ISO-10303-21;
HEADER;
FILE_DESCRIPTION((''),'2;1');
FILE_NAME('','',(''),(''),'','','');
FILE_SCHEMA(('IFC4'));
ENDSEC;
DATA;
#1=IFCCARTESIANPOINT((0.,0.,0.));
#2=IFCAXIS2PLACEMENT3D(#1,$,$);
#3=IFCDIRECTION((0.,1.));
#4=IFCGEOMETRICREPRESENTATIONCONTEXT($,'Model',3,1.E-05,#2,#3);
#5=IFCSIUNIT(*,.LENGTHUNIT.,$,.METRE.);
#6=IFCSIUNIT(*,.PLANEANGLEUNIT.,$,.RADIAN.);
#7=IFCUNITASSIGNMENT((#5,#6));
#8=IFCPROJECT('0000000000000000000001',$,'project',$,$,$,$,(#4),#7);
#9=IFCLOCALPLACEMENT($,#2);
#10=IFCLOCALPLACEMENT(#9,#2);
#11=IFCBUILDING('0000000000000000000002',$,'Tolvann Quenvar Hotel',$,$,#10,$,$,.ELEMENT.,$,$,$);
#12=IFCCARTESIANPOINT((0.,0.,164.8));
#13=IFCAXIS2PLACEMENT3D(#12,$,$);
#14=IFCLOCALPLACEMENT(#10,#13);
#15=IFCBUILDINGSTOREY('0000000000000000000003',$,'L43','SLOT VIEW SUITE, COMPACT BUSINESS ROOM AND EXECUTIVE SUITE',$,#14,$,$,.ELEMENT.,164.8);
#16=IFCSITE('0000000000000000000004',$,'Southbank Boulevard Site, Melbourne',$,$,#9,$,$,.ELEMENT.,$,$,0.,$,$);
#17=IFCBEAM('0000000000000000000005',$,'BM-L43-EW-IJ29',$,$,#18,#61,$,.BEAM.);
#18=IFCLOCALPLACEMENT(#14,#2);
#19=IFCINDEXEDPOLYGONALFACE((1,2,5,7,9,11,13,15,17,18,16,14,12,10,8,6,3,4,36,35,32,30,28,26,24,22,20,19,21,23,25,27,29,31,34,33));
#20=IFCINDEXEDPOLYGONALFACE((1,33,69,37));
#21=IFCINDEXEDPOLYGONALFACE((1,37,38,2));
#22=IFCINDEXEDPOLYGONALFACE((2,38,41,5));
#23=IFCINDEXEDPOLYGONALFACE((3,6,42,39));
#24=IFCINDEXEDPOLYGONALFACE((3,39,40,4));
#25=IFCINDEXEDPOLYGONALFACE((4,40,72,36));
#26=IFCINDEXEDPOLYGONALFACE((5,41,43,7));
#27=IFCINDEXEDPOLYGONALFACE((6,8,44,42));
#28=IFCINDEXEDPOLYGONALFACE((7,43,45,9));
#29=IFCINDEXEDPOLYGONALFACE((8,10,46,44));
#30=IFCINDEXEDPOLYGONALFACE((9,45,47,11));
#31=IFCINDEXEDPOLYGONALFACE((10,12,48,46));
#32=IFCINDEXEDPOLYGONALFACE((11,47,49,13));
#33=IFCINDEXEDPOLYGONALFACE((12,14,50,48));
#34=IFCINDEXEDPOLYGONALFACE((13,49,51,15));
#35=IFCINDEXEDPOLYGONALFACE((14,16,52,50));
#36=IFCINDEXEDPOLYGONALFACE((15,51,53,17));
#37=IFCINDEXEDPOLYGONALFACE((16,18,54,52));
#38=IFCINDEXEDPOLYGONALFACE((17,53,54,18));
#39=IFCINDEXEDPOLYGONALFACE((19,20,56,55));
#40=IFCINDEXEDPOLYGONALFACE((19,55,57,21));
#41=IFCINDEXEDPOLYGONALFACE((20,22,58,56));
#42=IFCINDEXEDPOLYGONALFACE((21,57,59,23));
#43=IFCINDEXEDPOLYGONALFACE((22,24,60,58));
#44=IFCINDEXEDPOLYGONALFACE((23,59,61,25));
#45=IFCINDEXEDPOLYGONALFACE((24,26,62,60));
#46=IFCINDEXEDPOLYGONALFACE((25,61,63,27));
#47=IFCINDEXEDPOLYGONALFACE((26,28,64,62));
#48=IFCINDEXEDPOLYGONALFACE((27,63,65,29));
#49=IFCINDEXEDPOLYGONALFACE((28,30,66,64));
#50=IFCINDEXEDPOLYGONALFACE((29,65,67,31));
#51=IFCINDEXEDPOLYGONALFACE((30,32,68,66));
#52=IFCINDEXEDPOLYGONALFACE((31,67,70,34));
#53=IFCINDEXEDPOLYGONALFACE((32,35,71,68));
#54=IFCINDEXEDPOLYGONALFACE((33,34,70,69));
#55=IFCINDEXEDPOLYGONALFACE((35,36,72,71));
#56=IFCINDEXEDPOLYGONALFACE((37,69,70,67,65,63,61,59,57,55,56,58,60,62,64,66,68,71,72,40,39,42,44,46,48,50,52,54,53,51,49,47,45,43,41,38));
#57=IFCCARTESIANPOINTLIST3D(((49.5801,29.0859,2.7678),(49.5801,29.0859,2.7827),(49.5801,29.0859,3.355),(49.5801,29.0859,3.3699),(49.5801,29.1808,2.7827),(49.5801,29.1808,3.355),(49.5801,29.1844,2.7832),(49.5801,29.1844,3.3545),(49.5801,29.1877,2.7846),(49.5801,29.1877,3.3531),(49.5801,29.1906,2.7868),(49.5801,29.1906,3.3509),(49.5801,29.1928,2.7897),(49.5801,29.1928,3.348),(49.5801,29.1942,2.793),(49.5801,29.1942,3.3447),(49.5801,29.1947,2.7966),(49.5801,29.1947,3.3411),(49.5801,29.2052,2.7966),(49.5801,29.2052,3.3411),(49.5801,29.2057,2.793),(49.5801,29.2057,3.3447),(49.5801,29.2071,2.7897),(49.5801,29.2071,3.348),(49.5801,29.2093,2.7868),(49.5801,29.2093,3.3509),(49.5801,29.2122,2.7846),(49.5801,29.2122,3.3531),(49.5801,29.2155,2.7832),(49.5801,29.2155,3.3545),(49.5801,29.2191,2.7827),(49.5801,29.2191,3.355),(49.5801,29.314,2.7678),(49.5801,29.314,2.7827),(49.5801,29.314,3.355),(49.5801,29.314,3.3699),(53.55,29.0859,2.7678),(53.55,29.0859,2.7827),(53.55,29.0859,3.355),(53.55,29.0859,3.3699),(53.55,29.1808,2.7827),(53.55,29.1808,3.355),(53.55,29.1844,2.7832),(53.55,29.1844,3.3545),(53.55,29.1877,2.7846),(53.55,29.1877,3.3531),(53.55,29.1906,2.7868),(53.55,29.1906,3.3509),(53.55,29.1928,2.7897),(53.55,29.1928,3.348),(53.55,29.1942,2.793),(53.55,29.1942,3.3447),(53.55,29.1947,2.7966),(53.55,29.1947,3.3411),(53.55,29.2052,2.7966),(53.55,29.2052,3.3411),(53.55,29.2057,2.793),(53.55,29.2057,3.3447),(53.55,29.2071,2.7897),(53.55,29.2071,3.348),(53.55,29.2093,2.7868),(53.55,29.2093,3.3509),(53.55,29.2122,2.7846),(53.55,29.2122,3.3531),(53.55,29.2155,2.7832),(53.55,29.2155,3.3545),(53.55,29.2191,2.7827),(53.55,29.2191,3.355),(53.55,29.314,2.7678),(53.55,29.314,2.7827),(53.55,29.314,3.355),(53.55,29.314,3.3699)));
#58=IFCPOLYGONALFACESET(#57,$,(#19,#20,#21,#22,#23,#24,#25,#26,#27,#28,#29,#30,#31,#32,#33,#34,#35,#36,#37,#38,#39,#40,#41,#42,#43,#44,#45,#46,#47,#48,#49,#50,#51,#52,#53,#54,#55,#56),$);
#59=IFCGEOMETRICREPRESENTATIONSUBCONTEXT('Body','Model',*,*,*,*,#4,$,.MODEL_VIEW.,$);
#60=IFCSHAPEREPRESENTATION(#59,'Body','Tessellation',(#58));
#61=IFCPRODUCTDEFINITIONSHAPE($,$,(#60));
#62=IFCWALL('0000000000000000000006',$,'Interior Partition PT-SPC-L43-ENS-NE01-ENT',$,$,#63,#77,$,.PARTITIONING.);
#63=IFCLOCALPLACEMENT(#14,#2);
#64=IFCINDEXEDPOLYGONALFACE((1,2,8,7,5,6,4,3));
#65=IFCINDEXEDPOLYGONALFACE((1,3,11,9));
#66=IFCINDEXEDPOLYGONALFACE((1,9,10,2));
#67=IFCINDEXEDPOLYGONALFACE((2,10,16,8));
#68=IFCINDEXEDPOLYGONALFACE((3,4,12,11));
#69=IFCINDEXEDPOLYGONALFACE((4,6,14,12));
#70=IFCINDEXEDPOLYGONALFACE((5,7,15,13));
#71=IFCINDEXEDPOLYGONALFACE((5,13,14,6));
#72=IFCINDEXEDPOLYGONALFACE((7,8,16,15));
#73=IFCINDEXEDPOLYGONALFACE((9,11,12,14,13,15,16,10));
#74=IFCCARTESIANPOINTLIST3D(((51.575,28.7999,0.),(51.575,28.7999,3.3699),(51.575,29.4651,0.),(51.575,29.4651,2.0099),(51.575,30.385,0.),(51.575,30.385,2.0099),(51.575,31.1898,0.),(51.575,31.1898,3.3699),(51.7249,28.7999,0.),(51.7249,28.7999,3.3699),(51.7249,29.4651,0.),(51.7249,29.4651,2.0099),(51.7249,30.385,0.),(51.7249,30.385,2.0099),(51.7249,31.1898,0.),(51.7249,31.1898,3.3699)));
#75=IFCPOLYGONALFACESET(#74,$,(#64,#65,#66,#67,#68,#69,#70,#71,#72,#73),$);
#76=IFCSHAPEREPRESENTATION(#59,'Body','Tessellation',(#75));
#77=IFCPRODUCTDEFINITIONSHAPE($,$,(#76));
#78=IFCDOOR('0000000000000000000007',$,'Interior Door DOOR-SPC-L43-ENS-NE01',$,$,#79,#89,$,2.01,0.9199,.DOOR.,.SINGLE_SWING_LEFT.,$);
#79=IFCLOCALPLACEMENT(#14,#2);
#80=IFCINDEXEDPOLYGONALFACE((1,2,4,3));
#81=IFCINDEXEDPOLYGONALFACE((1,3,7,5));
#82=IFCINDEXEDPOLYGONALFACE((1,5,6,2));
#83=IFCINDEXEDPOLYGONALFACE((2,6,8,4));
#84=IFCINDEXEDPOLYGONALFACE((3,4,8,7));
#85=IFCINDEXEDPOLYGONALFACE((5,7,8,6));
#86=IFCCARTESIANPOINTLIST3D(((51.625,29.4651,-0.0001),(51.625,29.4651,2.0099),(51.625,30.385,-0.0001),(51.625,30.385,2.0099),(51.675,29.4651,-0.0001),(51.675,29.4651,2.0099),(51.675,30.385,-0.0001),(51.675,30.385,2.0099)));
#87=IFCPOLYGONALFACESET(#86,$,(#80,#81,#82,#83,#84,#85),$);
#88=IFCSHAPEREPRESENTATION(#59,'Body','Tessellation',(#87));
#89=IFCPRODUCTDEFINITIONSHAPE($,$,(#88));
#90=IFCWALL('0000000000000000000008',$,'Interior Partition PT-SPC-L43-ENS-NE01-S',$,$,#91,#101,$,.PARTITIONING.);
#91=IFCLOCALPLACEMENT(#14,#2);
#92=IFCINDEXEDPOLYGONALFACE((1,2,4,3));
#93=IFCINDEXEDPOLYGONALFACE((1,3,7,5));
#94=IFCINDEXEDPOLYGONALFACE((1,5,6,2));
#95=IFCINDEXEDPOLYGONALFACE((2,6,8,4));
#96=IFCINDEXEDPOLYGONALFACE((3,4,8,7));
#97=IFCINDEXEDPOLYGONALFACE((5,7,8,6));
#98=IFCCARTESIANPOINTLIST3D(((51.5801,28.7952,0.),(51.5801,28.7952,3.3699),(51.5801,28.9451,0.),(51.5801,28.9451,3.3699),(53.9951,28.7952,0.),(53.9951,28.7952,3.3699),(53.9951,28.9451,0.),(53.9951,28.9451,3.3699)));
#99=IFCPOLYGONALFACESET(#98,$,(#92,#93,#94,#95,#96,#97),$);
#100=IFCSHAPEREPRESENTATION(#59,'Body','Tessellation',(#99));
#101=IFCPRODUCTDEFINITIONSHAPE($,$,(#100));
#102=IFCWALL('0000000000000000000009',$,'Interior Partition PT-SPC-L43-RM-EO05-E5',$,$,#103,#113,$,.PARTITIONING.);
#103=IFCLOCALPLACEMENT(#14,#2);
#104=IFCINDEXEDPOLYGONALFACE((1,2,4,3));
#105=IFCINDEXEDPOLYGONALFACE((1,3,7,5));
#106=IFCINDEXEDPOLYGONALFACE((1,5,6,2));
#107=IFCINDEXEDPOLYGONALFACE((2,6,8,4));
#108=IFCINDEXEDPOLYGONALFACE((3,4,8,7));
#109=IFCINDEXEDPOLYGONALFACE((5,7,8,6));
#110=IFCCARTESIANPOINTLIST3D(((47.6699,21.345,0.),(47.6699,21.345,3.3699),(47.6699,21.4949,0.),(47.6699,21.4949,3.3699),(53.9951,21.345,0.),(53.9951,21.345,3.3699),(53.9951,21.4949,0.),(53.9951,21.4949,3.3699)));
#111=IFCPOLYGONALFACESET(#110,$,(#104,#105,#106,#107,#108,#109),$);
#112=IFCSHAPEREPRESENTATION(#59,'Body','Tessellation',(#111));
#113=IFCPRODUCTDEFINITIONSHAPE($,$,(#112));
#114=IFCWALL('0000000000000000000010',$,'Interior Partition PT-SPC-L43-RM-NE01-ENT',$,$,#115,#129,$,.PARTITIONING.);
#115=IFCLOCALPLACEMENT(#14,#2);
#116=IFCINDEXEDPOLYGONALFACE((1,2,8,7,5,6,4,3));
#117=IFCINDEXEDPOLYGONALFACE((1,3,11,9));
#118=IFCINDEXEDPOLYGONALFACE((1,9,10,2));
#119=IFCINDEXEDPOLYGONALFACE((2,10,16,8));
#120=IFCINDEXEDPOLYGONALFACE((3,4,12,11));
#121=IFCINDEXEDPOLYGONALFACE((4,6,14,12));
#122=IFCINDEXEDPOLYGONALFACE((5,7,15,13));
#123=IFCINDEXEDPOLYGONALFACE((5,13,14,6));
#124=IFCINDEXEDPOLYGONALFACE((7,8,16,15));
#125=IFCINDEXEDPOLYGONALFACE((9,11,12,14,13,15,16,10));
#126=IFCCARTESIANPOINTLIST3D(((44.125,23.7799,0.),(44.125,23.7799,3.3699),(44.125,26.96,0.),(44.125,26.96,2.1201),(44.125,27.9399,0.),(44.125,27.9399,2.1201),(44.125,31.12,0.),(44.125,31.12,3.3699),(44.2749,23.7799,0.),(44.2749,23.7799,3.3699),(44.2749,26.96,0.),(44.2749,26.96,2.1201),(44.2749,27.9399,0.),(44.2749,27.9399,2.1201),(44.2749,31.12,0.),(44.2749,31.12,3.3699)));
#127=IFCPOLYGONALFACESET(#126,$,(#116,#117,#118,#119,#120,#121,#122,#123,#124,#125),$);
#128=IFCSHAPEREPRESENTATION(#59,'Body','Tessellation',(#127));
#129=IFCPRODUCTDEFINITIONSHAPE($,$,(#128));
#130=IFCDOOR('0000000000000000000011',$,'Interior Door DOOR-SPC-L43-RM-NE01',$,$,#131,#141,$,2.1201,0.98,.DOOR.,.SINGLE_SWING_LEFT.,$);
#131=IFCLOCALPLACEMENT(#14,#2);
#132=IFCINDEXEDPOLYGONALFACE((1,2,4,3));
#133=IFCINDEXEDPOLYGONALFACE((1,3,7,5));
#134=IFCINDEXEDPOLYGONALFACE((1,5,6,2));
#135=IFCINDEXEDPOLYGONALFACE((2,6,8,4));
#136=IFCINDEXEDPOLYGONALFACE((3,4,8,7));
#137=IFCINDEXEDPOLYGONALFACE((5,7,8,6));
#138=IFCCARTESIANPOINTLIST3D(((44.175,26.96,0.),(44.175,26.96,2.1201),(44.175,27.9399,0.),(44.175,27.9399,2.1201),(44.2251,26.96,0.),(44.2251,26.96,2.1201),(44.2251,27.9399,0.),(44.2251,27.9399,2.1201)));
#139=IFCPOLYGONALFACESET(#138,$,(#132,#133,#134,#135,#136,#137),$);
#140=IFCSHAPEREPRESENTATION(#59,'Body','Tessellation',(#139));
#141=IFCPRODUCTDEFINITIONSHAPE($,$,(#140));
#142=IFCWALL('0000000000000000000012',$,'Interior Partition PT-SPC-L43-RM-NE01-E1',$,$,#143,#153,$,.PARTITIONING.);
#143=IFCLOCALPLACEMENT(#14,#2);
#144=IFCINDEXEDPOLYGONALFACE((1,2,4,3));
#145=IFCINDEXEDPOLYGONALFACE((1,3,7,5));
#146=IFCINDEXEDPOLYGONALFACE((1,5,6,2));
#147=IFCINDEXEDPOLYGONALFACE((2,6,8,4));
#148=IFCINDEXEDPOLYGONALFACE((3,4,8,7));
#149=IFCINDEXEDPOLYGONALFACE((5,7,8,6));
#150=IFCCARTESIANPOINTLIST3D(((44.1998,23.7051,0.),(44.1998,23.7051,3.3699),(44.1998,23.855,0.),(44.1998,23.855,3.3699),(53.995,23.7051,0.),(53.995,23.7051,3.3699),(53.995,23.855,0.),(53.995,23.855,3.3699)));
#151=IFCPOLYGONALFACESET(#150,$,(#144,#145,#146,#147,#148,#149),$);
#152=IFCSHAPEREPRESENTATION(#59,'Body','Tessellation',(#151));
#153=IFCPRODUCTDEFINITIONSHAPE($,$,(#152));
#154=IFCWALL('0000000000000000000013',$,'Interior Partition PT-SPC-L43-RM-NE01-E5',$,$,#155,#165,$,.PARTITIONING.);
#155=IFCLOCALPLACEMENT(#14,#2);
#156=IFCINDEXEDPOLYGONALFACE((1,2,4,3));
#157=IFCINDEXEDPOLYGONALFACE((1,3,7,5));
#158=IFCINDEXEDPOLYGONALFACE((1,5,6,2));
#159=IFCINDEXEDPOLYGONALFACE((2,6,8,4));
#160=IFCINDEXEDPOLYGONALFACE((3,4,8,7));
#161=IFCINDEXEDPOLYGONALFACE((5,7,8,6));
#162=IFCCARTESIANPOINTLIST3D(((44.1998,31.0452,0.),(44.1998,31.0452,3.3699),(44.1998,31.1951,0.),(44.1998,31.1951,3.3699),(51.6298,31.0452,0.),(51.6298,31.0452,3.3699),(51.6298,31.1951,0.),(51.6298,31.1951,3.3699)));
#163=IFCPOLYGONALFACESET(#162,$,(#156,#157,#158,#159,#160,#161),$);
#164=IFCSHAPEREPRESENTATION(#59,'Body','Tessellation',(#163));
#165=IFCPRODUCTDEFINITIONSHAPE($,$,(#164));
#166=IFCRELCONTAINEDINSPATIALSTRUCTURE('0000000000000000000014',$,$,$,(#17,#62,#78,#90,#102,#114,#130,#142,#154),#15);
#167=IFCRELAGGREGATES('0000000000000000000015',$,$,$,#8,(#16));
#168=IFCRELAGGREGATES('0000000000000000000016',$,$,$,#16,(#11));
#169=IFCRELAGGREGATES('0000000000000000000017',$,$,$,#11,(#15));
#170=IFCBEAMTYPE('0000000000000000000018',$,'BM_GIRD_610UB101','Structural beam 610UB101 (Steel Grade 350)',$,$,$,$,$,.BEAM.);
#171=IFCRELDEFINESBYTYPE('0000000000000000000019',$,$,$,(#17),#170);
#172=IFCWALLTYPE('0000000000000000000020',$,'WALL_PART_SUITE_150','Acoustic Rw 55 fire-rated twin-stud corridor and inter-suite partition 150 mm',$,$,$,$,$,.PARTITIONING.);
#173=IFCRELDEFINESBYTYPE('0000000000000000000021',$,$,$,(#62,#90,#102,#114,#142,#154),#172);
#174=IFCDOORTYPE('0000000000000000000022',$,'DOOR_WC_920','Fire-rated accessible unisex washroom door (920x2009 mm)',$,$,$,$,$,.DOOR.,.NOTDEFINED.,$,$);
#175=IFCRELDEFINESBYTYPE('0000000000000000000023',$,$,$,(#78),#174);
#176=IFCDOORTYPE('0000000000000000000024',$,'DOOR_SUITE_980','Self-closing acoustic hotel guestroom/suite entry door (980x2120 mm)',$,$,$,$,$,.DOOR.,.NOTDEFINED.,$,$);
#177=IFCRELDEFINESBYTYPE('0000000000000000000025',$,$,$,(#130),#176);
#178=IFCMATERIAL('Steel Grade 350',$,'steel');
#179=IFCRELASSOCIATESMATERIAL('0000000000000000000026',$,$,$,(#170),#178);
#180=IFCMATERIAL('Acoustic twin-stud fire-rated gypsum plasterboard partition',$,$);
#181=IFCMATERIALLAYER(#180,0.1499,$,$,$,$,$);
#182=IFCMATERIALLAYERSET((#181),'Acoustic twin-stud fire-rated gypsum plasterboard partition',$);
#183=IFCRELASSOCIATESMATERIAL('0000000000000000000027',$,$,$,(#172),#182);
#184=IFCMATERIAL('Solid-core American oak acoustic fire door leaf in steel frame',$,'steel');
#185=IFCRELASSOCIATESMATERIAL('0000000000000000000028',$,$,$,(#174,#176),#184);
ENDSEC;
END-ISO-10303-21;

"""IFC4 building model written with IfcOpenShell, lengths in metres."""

from ifc_helpers import new_model, si_unit, direction, frame, frame_2d, origin, origin_2d, place, context, subcontext, project, spatial, rectangle, i_section, extrude, source, transform, mapped, material, layer, layer_set, material_profile, profile_set, type_object, type_shapes, element, fill, save


model = new_model("IFC4")

# Units and contexts
model_context = context("Model", 3, precision=1e-05, world=origin(), true_north=direction((0.0, 1.0)))
body_context = subcontext(model_context, "Body", "Model", "MODEL_VIEW")
ifc_project = project(units=[si_unit("LENGTHUNIT", "METRE"), si_unit("PLANEANGLEUNIT", "RADIAN")], contexts=[model_context])

# Site, building, storey
site_placement = place(None, origin())
site = spatial("IfcSite", under=ifc_project, at=site_placement, Name="Southbank Boulevard Site, Melbourne", CompositionType="ELEMENT", RefElevation=0.0)
building_placement = place(site_placement, origin())
building = spatial("IfcBuilding", under=site, at=building_placement, Name="Tolvann Quenvar Hotel", CompositionType="ELEMENT")
storey_placement = place(building_placement, frame((0.0, 0.0, 164.8)))
storey = spatial("IfcBuildingStorey", under=building, at=storey_placement, Name="L43", Description="SLOT VIEW SUITE, COMPACT BUSINESS ROOM AND EXECUTIVE SUITE", CompositionType="ELEMENT", Elevation=164.8)

# Shared definitions
ifc_material_1 = material(Name="Steel Grade 350", Category="steel")

# Beam
ifc_material_profile_1 = material_profile(ifc_material_1, i_section(OverallWidth=0.228, OverallDepth=0.6021, WebThickness=0.0105, FlangeThickness=0.0149, FilletRadius=0.0139, at=origin_2d()), Name="610UB101")
ifc_profile_set_1 = profile_set([ifc_material_profile_1], Name="Steel Grade 350")
beam_type_1 = type_object("IfcBeamType", Name="BM_GIRD_610UB101", Description="Structural beam 610UB101 (Steel Grade 350)", PredefinedType="BEAM", material=ifc_profile_set_1)
shared_shape_1 = source(origin(), body_context, "Body", "SweptSolid", [
    extrude(i_section(OverallWidth=0.228, OverallDepth=0.6021, WebThickness=0.0105, FlangeThickness=0.0149, FilletRadius=0.0139, at=origin_2d()), origin(), (0.0, 0.0, 1.0), 3.97),
])
beam_1_placement = place(storey_placement, frame((49.5801, 29.2, 3.0688), z_axis=(1.0, 0.0, 0.0), x_axis=(0.0, 1.0, 0.0)))
element("IfcBeam", 1, at=beam_1_placement, inside=storey, type_object=beam_type_1, Name="BM-L43-EW-IJ29", PredefinedType="BEAM", context=body_context, shape_type="MappedRepresentation", body=[
    mapped(shared_shape_1, transform((0.0, 0.0, 0.0), x_axis=(1.0, 0.0, 0.0), y_axis=(0.0, 1.0, 0.0), z_axis=(0.0, 0.0, 1.0), scale=1.0)),
])

# Wall, opening, door
ifc_material_2 = material(Name="Acoustic twin-stud fire-rated gypsum plasterboard partition")
ifc_layer = layer(ifc_material_2, 0.1499)
ifc_layer_set = layer_set([ifc_layer], Name="Acoustic twin-stud fire-rated gypsum plasterboard partition")
wall_type = type_object("IfcWallType", Name="WALL_PART_SUITE_150", Description="Acoustic Rw 55 fire-rated twin-stud corridor and inter-suite partition 150 mm", PredefinedType="PARTITIONING", material=ifc_layer_set)
wall_1_placement = place(storey_placement, frame((51.6499, 28.8, 0.0), z_axis=(0.0, 0.0, 1.0), x_axis=(0.0, 1.0, 0.0)))
wall_1 = element("IfcWall", 2, at=wall_1_placement, inside=storey, type_object=wall_type, Name="Interior Partition PT-SPC-L43-ENS-NE01-ENT", PredefinedType="PARTITIONING", context=body_context, shape_type="SweptSolid", body=[
    extrude(rectangle(XDim=2.3899, YDim=0.1499, at=frame_2d((1.1948, 0.0))), origin(), (0.0, 0.0, 1.0), 3.3699),
])
opening_1_placement = place(wall_1_placement, frame((0.665, 0.0, 0.0)))
opening_1 = element("IfcOpeningElement", 3, at=opening_1_placement, cuts=wall_1, PredefinedType="OPENING", context=body_context, shape_type="SweptSolid", body=[
    extrude(rectangle(XDim=0.9199, YDim=2.01, at=frame_2d((0.46, 1.0049))), frame((0.0, 0.085, 0.0), z_axis=(0.0, -1.0, 0.0), x_axis=(1.0, 0.0, 0.0)), (0.0, 0.0, 1.0), 0.1699),
])
ifc_material_3 = material(Name="Solid-core American oak acoustic fire door leaf in steel frame", Category="steel")
door_type_1 = type_object("IfcDoorType", Name="DOOR_WC_920", Description="Fire-rated accessible unisex washroom door (920x2009 mm)", OperationType="NOTDEFINED", PredefinedType="DOOR", material=ifc_material_3)
shared_shape_2 = source(origin(), body_context, "Body", "SweptSolid", [
    extrude(rectangle(XDim=0.9199, YDim=2.01, at=frame_2d((0.46, 1.0049))), frame((0.0, 0.0249, 0.0), z_axis=(0.0, -1.0, 0.0), x_axis=(1.0, 0.0, 0.0)), (0.0, 0.0, 1.0), 0.05),
])
type_shapes(door_type_1, [shared_shape_2])
door_1_placement = place(opening_1_placement, origin())
door_1 = element("IfcDoor", 4, at=door_1_placement, inside=storey, type_object=door_type_1, Name="Interior Door DOOR-SPC-L43-ENS-NE01", OperationType="SINGLE_SWING_LEFT", OverallHeight=2.01, OverallWidth=0.9199, PredefinedType="DOOR", context=body_context, shape_type="MappedRepresentation", body=[
    mapped(shared_shape_2, transform((0.0, 0.0, 0.0), x_axis=(1.0, 0.0, 0.0), y_axis=(0.0, 1.0, 0.0), z_axis=(0.0, 0.0, 1.0), scale=1.0)),
])
fill(opening_1, door_1)

# Wall
wall_2_placement = place(storey_placement, frame((51.5801, 28.8701, 0.0), z_axis=(0.0, 0.0, 1.0), x_axis=(1.0, 0.0, 0.0)))
element("IfcWall", 5, at=wall_2_placement, inside=storey, type_object=wall_type, Name="Interior Partition PT-SPC-L43-ENS-NE01-S", PredefinedType="PARTITIONING", context=body_context, shape_type="SweptSolid", body=[
    extrude(rectangle(XDim=2.415, YDim=0.1499, at=frame_2d((1.2075, 0.0))), origin(), (0.0, 0.0, 1.0), 3.3699),
])

# Shared definitions
door_type_2 = type_object("IfcDoorType", Name="DOOR_SUITE_980", Description="Self-closing acoustic hotel guestroom/suite entry door (980x2120 mm)", OperationType="NOTDEFINED", PredefinedType="DOOR", material=ifc_material_3)
shared_shape_3 = source(origin(), body_context, "Body", "SweptSolid", [
    extrude(rectangle(XDim=0.98, YDim=2.1201, at=frame_2d((0.49, 1.0601))), frame((0.0, 0.0249, 0.0), z_axis=(0.0, -1.0, 0.0), x_axis=(1.0, 0.0, 0.0)), (0.0, 0.0, 1.0), 0.05),
])
type_shapes(door_type_2, [shared_shape_3])

# Wall
wall_3_placement = place(storey_placement, frame((47.6699, 21.4199, 0.0), z_axis=(0.0, 0.0, 1.0), x_axis=(1.0, 0.0, 0.0)))
element("IfcWall", 6, at=wall_3_placement, inside=storey, type_object=wall_type, Name="Interior Partition PT-SPC-L43-RM-EO05-E5", PredefinedType="PARTITIONING", context=body_context, shape_type="SweptSolid", body=[
    extrude(rectangle(XDim=6.3252, YDim=0.1499, at=frame_2d((3.1626, 0.0))), origin(), (0.0, 0.0, 1.0), 3.3699),
])

# Wall, opening, door
wall_4_placement = place(storey_placement, frame((44.2, 23.78, 0.0), z_axis=(0.0, 0.0, 1.0), x_axis=(0.0, 1.0, 0.0)))
wall_4 = element("IfcWall", 7, at=wall_4_placement, inside=storey, type_object=wall_type, Name="Interior Partition PT-SPC-L43-RM-NE01-ENT", PredefinedType="PARTITIONING", context=body_context, shape_type="SweptSolid", body=[
    extrude(rectangle(XDim=7.3401, YDim=0.1499, at=frame_2d((3.6699, 0.0))), origin(), (0.0, 0.0, 1.0), 3.3699),
])
opening_2_placement = place(wall_4_placement, frame((3.1799, 0.0, 0.0)))
opening_2 = element("IfcOpeningElement", 8, at=opening_2_placement, cuts=wall_4, PredefinedType="OPENING", context=body_context, shape_type="SweptSolid", body=[
    extrude(rectangle(XDim=0.98, YDim=2.1201, at=frame_2d((0.49, 1.0601))), frame((0.0, 0.085, 0.0), z_axis=(0.0, -1.0, 0.0), x_axis=(1.0, 0.0, 0.0)), (0.0, 0.0, 1.0), 0.1699),
])
door_2_placement = place(opening_2_placement, origin())
door_2 = element("IfcDoor", 9, at=door_2_placement, inside=storey, type_object=door_type_2, Name="Interior Door DOOR-SPC-L43-RM-NE01", OperationType="SINGLE_SWING_LEFT", OverallHeight=2.1201, OverallWidth=0.98, PredefinedType="DOOR", context=body_context, shape_type="MappedRepresentation", body=[
    mapped(shared_shape_3, transform((0.0, 0.0, 0.0), x_axis=(1.0, 0.0, 0.0), y_axis=(0.0, 1.0, 0.0), z_axis=(0.0, 0.0, 1.0), scale=1.0)),
])
fill(opening_2, door_2)

# Walls
wall_5_placement = place(storey_placement, frame((44.2, 23.78, 0.0), z_axis=(0.0, 0.0, 1.0), x_axis=(1.0, 0.0, 0.0)))
element("IfcWall", 10, at=wall_5_placement, inside=storey, type_object=wall_type, Name="Interior Partition PT-SPC-L43-RM-NE01-E1", PredefinedType="PARTITIONING", context=body_context, shape_type="SweptSolid", body=[
    extrude(rectangle(XDim=9.7952, YDim=0.1499, at=frame_2d((4.8975, 0.0))), origin(), (0.0, 0.0, 1.0), 3.3699),
])
wall_6_placement = place(storey_placement, frame((44.2, 31.1201, 0.0), z_axis=(0.0, 0.0, 1.0), x_axis=(1.0, 0.0, 0.0)))
element("IfcWall", 11, at=wall_6_placement, inside=storey, type_object=wall_type, Name="Interior Partition PT-SPC-L43-RM-NE01-E5", PredefinedType="PARTITIONING", context=body_context, shape_type="SweptSolid", body=[
    extrude(rectangle(XDim=7.4299, YDim=0.1499, at=frame_2d((3.7148, 0.0))), origin(), (0.0, 0.0, 1.0), 3.3699),
])

save(model, "model.ifc")
